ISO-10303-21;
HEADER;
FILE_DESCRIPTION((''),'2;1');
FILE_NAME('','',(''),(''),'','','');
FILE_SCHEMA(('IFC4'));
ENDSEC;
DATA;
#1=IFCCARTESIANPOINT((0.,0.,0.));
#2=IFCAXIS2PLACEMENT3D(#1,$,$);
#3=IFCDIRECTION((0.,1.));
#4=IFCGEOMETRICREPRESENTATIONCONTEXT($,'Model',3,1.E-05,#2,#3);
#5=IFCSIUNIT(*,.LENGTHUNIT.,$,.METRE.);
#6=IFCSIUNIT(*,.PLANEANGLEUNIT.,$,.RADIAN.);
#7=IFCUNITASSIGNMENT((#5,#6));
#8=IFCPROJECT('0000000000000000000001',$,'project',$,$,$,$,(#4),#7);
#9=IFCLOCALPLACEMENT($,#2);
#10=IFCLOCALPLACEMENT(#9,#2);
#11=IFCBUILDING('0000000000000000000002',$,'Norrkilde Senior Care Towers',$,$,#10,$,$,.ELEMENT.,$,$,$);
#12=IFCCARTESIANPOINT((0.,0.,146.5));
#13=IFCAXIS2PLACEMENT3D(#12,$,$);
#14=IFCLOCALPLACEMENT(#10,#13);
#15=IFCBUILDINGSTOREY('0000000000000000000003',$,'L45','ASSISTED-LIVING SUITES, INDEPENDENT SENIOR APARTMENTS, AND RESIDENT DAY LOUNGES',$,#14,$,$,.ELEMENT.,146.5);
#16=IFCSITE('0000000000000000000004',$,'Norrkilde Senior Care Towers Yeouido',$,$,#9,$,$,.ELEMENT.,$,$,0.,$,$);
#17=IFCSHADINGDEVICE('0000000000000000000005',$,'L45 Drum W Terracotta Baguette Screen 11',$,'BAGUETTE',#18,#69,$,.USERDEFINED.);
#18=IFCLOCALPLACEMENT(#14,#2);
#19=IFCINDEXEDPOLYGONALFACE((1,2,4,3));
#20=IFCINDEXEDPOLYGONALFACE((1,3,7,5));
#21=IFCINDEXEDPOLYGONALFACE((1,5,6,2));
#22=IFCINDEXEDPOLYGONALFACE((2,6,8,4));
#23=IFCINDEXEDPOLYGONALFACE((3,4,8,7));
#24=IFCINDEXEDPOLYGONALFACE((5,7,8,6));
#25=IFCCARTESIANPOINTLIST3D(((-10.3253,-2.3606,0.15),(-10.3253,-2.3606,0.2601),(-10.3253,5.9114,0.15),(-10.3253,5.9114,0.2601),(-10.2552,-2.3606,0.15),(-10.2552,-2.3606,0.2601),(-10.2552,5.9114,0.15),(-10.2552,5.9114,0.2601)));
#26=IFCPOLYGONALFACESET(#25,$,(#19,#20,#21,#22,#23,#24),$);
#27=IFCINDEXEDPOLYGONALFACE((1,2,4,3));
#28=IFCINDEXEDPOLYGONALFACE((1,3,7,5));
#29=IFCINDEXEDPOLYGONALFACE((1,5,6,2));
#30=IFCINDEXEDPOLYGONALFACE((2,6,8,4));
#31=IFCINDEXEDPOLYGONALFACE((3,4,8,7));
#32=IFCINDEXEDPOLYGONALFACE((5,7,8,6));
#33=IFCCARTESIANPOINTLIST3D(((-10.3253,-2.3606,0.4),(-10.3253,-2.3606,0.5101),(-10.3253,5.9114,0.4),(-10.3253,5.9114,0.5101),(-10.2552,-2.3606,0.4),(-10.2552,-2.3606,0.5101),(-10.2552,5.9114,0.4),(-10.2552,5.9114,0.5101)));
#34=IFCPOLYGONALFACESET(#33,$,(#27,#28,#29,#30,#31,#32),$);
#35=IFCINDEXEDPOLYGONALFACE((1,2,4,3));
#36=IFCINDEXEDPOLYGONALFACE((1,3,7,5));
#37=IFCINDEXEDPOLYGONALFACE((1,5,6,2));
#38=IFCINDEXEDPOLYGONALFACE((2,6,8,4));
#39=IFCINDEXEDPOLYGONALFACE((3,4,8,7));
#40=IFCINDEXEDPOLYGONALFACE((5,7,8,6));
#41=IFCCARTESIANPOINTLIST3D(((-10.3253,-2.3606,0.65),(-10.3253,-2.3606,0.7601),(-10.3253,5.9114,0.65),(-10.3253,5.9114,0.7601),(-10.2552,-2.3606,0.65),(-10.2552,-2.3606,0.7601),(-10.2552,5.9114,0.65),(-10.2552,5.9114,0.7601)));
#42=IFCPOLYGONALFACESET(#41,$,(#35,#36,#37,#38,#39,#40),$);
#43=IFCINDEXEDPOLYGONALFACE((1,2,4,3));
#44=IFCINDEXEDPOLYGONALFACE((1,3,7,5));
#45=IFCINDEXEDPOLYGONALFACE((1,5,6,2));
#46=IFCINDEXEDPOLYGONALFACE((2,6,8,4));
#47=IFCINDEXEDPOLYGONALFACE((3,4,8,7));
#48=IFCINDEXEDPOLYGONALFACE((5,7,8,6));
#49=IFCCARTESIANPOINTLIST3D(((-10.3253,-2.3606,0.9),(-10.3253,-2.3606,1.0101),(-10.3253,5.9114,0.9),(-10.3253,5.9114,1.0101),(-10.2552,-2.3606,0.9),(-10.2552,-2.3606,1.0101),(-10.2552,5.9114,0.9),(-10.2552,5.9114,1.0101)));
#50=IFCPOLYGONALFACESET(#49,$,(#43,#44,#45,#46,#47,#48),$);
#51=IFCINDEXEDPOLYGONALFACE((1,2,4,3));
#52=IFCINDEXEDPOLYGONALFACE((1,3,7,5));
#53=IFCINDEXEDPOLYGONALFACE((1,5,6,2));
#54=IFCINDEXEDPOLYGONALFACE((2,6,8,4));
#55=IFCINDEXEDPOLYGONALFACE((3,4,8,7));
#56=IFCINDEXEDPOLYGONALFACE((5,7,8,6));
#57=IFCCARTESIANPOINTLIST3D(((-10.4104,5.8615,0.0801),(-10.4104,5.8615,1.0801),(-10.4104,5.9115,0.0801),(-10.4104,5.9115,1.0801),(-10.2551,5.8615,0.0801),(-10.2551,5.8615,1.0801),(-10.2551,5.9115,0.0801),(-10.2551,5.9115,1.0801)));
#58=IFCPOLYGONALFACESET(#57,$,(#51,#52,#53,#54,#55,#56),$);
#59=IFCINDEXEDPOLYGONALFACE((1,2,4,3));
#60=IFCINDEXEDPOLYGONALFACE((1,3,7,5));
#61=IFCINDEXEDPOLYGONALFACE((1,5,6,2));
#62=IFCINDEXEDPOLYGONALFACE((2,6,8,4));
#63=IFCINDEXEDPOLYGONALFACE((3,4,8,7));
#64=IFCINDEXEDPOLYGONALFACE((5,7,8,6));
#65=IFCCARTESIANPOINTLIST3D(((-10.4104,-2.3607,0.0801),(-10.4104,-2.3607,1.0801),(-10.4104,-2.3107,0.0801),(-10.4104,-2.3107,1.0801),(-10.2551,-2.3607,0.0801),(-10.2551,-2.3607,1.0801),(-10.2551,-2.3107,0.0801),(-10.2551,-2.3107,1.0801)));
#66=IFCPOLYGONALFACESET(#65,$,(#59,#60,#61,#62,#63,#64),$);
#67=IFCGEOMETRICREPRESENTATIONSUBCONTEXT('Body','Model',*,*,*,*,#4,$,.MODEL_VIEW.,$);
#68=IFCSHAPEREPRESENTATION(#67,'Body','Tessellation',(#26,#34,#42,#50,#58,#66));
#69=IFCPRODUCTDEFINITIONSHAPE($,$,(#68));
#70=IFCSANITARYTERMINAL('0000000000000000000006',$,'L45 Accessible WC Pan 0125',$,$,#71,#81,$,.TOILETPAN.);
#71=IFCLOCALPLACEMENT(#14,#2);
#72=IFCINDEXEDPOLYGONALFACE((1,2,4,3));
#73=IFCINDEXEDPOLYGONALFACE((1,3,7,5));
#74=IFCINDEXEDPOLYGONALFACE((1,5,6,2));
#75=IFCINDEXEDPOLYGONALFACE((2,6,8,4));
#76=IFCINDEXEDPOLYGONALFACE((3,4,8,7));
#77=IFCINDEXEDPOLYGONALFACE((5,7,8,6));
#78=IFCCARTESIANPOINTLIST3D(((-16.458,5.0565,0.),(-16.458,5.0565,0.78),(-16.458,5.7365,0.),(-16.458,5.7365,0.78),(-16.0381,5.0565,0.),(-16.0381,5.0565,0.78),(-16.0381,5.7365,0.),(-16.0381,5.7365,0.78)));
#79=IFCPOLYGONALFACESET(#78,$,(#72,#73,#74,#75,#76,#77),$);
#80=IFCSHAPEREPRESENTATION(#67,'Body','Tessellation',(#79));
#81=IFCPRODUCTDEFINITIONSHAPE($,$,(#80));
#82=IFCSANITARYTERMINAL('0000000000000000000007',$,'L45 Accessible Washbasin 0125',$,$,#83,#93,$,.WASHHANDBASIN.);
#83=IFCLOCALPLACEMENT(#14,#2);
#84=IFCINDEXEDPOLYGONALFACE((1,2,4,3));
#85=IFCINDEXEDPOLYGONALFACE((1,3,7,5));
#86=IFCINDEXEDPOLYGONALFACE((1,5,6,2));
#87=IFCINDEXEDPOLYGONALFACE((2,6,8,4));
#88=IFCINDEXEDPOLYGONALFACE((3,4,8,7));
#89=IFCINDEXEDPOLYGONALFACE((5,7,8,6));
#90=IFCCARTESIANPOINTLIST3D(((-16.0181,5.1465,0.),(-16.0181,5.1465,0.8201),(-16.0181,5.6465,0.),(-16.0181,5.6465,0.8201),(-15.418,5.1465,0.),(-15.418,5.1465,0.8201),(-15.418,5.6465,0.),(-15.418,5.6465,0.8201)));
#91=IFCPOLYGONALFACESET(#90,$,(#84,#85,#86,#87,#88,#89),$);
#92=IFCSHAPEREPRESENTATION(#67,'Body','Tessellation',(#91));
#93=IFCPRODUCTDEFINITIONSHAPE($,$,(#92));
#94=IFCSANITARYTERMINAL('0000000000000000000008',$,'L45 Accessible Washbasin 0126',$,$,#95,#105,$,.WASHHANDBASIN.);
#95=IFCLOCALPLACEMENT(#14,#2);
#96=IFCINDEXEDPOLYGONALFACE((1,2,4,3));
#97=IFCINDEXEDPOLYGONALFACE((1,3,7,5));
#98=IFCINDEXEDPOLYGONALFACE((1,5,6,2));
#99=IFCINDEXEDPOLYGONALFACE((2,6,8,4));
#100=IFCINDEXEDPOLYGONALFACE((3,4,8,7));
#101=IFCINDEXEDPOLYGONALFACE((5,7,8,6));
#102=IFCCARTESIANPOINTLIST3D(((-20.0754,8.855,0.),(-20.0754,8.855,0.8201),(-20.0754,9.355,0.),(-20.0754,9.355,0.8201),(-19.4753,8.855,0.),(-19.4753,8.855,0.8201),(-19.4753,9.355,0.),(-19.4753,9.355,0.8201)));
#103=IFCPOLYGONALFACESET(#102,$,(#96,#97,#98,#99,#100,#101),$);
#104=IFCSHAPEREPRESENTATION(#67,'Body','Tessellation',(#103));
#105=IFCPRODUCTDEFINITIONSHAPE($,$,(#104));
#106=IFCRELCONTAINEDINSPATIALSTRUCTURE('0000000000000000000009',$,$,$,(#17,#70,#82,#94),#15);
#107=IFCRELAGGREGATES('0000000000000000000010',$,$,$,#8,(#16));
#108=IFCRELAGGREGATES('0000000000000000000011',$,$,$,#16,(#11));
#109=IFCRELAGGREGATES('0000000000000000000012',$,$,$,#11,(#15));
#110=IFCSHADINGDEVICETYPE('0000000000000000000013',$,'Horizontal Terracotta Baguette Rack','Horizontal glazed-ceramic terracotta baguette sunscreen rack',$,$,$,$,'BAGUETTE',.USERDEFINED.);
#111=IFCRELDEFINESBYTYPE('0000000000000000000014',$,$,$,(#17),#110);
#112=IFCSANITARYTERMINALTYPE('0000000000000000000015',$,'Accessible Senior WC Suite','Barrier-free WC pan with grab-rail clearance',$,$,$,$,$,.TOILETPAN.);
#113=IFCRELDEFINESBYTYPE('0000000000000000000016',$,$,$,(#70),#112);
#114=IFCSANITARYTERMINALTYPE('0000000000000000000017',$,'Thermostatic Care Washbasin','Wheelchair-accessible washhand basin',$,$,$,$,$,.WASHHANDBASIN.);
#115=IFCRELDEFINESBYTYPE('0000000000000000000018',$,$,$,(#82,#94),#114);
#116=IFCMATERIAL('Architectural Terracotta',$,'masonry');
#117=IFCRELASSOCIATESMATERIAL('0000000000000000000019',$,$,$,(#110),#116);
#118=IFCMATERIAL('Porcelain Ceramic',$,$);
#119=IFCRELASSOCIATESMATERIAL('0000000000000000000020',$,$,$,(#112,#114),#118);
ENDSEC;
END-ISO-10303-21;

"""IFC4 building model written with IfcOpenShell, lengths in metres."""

from ifc_helpers import new_model, si_unit, direction, frame, origin, origin_2d, place, context, subcontext, project, spatial, rectangle, extrude, source, transform, mapped, material, type_object, type_shapes, element, save


model = new_model("IFC4")

# Units and contexts
model_context = context("Model", 3, precision=1e-05, world=origin(), true_north=direction((0.0, 1.0)))
body_context = subcontext(model_context, "Body", "Model", "MODEL_VIEW")
ifc_project = project(units=[si_unit("LENGTHUNIT", "METRE"), si_unit("PLANEANGLEUNIT", "RADIAN")], contexts=[model_context])

# Site, building, storey
site_placement = place(None, origin())
site = spatial("IfcSite", under=ifc_project, at=site_placement, Name="Norrkilde Senior Care Towers Yeouido", CompositionType="ELEMENT", RefElevation=0.0)
building_placement = place(site_placement, origin())
building = spatial("IfcBuilding", under=site, at=building_placement, Name="Norrkilde Senior Care Towers", CompositionType="ELEMENT")
storey_placement = place(building_placement, frame((0.0, 0.0, 146.5)))
storey = spatial("IfcBuildingStorey", under=building, at=storey_placement, Name="L45", Description="ASSISTED-LIVING SUITES, INDEPENDENT SENIOR APARTMENTS, AND RESIDENT DAY LOUNGES", CompositionType="ELEMENT", Elevation=146.5)

# Shading device
ifc_material_1 = material(Name="Architectural Terracotta", Category="masonry")
shading_device_type = type_object("IfcShadingDeviceType", Name="Horizontal Terracotta Baguette Rack", Description="Horizontal glazed-ceramic terracotta baguette sunscreen rack", ElementType="BAGUETTE", PredefinedType="USERDEFINED", material=ifc_material_1)
shared_shape_1 = source(origin(), body_context, "Body", "SweptSolid", [
    extrude(rectangle(XDim=0.0701, YDim=0.1101, at=origin_2d()), frame((0.0, 0.0901, 0.125), z_axis=(1.0, 0.0, 0.0), x_axis=(0.0, 1.0, 0.0)), (0.0, 0.0, 1.0), 8.272),
    extrude(rectangle(XDim=0.0701, YDim=0.1101, at=origin_2d()), frame((0.0, 0.0901, 0.375), z_axis=(1.0, 0.0, 0.0), x_axis=(0.0, 1.0, 0.0)), (0.0, 0.0, 1.0), 8.272),
    extrude(rectangle(XDim=0.0701, YDim=0.1101, at=origin_2d()), frame((0.0, 0.0901, 0.625), z_axis=(1.0, 0.0, 0.0), x_axis=(0.0, 1.0, 0.0)), (0.0, 0.0, 1.0), 8.272),
    extrude(rectangle(XDim=0.0701, YDim=0.1101, at=origin_2d()), frame((0.0, 0.0901, 0.875), z_axis=(1.0, 0.0, 0.0), x_axis=(0.0, 1.0, 0.0)), (0.0, 0.0, 1.0), 8.272),
    extrude(rectangle(XDim=0.05, YDim=0.1553, at=origin_2d()), frame((0.0249, 0.0476, 0.0)), (0.0, 0.0, 1.0), 1.0),
    extrude(rectangle(XDim=0.05, YDim=0.1553, at=origin_2d()), frame((8.2471, 0.0476, 0.0)), (0.0, 0.0, 1.0), 1.0),
])
type_shapes(shading_device_type, [shared_shape_1])
shading_device_placement = place(storey_placement, frame((-10.3804, 5.9114, 0.0801), z_axis=(0.0, 0.0, 1.0), x_axis=(0.0, -1.0, 0.0)))
element("IfcShadingDevice", 1, at=shading_device_placement, inside=storey, type_object=shading_device_type, Name="L45 Drum W Terracotta Baguette Screen 11", ObjectType="BAGUETTE", PredefinedType="USERDEFINED", context=body_context, shape_type="MappedRepresentation", body=[
    mapped(shared_shape_1, transform((0.0, 0.0, 0.0), x_axis=(1.0, 0.0, 0.0), y_axis=(0.0, 1.0, 0.0), z_axis=(0.0, 0.0, 1.0), scale=1.0)),
])

# Sanitary terminals
ifc_material_2 = material(Name="Porcelain Ceramic")
sanitary_terminal_type_1 = type_object("IfcSanitaryTerminalType", Name="Accessible Senior WC Suite", Description="Barrier-free WC pan with grab-rail clearance", PredefinedType="TOILETPAN", material=ifc_material_2)
shared_shape_2 = source(origin(), body_context, "Body", "SweptSolid", [
    extrude(rectangle(XDim=0.4199, YDim=0.6799, at=origin_2d()), origin(), (0.0, 0.0, 1.0), 0.78),
])
type_shapes(sanitary_terminal_type_1, [shared_shape_2])
sanitary_terminal_placement = place(storey_placement, frame((-16.248, 5.3965, 0.0), z_axis=(0.0, 0.0, 1.0), x_axis=(1.0, 0.0, 0.0)))
element("IfcSanitaryTerminal", 2, at=sanitary_terminal_placement, inside=storey, type_object=sanitary_terminal_type_1, Name="L45 Accessible WC Pan 0125", PredefinedType="TOILETPAN", context=body_context, shape_type="MappedRepresentation", body=[
    mapped(shared_shape_2, transform((0.0, 0.0, 0.0), x_axis=(1.0, 0.0, 0.0), y_axis=(0.0, 1.0, 0.0), z_axis=(0.0, 0.0, 1.0), scale=1.0)),
])
sanitary_terminal_type_2 = type_object("IfcSanitaryTerminalType", Name="Thermostatic Care Washbasin", Description="Wheelchair-accessible washhand basin", PredefinedType="WASHHANDBASIN", material=ifc_material_2)
shared_shape_3 = source(origin(), body_context, "Body", "SweptSolid", [
    extrude(rectangle(XDim=0.6001, YDim=0.5, at=origin_2d()), origin(), (0.0, 0.0, 1.0), 0.8201),
])
type_shapes(sanitary_terminal_type_2, [shared_shape_3])
for number, where, z_axis, x_axis, name in (
    (3, (-15.718, 5.3965, 0.0), (0.0, 0.0, 1.0), (1.0, 0.0, 0.0), "L45 Accessible Washbasin 0125"),
    (4, (-19.7754, 9.105, 0.0), (0.0, 0.0, 1.0), (1.0, 0.0, 0.0), "L45 Accessible Washbasin 0126"),
):
    element("IfcSanitaryTerminal", number, at=place(storey_placement, frame(where, z_axis=z_axis, x_axis=x_axis)), inside=storey, type_object=sanitary_terminal_type_2, Name=name, PredefinedType="WASHHANDBASIN", context=body_context, shape_type="MappedRepresentation", body=[
        mapped(shared_shape_3, transform((0.0, 0.0, 0.0), x_axis=(1.0, 0.0, 0.0), y_axis=(0.0, 1.0, 0.0), z_axis=(0.0, 0.0, 1.0), scale=1.0)),
    ])

save(model, "model.ifc")
